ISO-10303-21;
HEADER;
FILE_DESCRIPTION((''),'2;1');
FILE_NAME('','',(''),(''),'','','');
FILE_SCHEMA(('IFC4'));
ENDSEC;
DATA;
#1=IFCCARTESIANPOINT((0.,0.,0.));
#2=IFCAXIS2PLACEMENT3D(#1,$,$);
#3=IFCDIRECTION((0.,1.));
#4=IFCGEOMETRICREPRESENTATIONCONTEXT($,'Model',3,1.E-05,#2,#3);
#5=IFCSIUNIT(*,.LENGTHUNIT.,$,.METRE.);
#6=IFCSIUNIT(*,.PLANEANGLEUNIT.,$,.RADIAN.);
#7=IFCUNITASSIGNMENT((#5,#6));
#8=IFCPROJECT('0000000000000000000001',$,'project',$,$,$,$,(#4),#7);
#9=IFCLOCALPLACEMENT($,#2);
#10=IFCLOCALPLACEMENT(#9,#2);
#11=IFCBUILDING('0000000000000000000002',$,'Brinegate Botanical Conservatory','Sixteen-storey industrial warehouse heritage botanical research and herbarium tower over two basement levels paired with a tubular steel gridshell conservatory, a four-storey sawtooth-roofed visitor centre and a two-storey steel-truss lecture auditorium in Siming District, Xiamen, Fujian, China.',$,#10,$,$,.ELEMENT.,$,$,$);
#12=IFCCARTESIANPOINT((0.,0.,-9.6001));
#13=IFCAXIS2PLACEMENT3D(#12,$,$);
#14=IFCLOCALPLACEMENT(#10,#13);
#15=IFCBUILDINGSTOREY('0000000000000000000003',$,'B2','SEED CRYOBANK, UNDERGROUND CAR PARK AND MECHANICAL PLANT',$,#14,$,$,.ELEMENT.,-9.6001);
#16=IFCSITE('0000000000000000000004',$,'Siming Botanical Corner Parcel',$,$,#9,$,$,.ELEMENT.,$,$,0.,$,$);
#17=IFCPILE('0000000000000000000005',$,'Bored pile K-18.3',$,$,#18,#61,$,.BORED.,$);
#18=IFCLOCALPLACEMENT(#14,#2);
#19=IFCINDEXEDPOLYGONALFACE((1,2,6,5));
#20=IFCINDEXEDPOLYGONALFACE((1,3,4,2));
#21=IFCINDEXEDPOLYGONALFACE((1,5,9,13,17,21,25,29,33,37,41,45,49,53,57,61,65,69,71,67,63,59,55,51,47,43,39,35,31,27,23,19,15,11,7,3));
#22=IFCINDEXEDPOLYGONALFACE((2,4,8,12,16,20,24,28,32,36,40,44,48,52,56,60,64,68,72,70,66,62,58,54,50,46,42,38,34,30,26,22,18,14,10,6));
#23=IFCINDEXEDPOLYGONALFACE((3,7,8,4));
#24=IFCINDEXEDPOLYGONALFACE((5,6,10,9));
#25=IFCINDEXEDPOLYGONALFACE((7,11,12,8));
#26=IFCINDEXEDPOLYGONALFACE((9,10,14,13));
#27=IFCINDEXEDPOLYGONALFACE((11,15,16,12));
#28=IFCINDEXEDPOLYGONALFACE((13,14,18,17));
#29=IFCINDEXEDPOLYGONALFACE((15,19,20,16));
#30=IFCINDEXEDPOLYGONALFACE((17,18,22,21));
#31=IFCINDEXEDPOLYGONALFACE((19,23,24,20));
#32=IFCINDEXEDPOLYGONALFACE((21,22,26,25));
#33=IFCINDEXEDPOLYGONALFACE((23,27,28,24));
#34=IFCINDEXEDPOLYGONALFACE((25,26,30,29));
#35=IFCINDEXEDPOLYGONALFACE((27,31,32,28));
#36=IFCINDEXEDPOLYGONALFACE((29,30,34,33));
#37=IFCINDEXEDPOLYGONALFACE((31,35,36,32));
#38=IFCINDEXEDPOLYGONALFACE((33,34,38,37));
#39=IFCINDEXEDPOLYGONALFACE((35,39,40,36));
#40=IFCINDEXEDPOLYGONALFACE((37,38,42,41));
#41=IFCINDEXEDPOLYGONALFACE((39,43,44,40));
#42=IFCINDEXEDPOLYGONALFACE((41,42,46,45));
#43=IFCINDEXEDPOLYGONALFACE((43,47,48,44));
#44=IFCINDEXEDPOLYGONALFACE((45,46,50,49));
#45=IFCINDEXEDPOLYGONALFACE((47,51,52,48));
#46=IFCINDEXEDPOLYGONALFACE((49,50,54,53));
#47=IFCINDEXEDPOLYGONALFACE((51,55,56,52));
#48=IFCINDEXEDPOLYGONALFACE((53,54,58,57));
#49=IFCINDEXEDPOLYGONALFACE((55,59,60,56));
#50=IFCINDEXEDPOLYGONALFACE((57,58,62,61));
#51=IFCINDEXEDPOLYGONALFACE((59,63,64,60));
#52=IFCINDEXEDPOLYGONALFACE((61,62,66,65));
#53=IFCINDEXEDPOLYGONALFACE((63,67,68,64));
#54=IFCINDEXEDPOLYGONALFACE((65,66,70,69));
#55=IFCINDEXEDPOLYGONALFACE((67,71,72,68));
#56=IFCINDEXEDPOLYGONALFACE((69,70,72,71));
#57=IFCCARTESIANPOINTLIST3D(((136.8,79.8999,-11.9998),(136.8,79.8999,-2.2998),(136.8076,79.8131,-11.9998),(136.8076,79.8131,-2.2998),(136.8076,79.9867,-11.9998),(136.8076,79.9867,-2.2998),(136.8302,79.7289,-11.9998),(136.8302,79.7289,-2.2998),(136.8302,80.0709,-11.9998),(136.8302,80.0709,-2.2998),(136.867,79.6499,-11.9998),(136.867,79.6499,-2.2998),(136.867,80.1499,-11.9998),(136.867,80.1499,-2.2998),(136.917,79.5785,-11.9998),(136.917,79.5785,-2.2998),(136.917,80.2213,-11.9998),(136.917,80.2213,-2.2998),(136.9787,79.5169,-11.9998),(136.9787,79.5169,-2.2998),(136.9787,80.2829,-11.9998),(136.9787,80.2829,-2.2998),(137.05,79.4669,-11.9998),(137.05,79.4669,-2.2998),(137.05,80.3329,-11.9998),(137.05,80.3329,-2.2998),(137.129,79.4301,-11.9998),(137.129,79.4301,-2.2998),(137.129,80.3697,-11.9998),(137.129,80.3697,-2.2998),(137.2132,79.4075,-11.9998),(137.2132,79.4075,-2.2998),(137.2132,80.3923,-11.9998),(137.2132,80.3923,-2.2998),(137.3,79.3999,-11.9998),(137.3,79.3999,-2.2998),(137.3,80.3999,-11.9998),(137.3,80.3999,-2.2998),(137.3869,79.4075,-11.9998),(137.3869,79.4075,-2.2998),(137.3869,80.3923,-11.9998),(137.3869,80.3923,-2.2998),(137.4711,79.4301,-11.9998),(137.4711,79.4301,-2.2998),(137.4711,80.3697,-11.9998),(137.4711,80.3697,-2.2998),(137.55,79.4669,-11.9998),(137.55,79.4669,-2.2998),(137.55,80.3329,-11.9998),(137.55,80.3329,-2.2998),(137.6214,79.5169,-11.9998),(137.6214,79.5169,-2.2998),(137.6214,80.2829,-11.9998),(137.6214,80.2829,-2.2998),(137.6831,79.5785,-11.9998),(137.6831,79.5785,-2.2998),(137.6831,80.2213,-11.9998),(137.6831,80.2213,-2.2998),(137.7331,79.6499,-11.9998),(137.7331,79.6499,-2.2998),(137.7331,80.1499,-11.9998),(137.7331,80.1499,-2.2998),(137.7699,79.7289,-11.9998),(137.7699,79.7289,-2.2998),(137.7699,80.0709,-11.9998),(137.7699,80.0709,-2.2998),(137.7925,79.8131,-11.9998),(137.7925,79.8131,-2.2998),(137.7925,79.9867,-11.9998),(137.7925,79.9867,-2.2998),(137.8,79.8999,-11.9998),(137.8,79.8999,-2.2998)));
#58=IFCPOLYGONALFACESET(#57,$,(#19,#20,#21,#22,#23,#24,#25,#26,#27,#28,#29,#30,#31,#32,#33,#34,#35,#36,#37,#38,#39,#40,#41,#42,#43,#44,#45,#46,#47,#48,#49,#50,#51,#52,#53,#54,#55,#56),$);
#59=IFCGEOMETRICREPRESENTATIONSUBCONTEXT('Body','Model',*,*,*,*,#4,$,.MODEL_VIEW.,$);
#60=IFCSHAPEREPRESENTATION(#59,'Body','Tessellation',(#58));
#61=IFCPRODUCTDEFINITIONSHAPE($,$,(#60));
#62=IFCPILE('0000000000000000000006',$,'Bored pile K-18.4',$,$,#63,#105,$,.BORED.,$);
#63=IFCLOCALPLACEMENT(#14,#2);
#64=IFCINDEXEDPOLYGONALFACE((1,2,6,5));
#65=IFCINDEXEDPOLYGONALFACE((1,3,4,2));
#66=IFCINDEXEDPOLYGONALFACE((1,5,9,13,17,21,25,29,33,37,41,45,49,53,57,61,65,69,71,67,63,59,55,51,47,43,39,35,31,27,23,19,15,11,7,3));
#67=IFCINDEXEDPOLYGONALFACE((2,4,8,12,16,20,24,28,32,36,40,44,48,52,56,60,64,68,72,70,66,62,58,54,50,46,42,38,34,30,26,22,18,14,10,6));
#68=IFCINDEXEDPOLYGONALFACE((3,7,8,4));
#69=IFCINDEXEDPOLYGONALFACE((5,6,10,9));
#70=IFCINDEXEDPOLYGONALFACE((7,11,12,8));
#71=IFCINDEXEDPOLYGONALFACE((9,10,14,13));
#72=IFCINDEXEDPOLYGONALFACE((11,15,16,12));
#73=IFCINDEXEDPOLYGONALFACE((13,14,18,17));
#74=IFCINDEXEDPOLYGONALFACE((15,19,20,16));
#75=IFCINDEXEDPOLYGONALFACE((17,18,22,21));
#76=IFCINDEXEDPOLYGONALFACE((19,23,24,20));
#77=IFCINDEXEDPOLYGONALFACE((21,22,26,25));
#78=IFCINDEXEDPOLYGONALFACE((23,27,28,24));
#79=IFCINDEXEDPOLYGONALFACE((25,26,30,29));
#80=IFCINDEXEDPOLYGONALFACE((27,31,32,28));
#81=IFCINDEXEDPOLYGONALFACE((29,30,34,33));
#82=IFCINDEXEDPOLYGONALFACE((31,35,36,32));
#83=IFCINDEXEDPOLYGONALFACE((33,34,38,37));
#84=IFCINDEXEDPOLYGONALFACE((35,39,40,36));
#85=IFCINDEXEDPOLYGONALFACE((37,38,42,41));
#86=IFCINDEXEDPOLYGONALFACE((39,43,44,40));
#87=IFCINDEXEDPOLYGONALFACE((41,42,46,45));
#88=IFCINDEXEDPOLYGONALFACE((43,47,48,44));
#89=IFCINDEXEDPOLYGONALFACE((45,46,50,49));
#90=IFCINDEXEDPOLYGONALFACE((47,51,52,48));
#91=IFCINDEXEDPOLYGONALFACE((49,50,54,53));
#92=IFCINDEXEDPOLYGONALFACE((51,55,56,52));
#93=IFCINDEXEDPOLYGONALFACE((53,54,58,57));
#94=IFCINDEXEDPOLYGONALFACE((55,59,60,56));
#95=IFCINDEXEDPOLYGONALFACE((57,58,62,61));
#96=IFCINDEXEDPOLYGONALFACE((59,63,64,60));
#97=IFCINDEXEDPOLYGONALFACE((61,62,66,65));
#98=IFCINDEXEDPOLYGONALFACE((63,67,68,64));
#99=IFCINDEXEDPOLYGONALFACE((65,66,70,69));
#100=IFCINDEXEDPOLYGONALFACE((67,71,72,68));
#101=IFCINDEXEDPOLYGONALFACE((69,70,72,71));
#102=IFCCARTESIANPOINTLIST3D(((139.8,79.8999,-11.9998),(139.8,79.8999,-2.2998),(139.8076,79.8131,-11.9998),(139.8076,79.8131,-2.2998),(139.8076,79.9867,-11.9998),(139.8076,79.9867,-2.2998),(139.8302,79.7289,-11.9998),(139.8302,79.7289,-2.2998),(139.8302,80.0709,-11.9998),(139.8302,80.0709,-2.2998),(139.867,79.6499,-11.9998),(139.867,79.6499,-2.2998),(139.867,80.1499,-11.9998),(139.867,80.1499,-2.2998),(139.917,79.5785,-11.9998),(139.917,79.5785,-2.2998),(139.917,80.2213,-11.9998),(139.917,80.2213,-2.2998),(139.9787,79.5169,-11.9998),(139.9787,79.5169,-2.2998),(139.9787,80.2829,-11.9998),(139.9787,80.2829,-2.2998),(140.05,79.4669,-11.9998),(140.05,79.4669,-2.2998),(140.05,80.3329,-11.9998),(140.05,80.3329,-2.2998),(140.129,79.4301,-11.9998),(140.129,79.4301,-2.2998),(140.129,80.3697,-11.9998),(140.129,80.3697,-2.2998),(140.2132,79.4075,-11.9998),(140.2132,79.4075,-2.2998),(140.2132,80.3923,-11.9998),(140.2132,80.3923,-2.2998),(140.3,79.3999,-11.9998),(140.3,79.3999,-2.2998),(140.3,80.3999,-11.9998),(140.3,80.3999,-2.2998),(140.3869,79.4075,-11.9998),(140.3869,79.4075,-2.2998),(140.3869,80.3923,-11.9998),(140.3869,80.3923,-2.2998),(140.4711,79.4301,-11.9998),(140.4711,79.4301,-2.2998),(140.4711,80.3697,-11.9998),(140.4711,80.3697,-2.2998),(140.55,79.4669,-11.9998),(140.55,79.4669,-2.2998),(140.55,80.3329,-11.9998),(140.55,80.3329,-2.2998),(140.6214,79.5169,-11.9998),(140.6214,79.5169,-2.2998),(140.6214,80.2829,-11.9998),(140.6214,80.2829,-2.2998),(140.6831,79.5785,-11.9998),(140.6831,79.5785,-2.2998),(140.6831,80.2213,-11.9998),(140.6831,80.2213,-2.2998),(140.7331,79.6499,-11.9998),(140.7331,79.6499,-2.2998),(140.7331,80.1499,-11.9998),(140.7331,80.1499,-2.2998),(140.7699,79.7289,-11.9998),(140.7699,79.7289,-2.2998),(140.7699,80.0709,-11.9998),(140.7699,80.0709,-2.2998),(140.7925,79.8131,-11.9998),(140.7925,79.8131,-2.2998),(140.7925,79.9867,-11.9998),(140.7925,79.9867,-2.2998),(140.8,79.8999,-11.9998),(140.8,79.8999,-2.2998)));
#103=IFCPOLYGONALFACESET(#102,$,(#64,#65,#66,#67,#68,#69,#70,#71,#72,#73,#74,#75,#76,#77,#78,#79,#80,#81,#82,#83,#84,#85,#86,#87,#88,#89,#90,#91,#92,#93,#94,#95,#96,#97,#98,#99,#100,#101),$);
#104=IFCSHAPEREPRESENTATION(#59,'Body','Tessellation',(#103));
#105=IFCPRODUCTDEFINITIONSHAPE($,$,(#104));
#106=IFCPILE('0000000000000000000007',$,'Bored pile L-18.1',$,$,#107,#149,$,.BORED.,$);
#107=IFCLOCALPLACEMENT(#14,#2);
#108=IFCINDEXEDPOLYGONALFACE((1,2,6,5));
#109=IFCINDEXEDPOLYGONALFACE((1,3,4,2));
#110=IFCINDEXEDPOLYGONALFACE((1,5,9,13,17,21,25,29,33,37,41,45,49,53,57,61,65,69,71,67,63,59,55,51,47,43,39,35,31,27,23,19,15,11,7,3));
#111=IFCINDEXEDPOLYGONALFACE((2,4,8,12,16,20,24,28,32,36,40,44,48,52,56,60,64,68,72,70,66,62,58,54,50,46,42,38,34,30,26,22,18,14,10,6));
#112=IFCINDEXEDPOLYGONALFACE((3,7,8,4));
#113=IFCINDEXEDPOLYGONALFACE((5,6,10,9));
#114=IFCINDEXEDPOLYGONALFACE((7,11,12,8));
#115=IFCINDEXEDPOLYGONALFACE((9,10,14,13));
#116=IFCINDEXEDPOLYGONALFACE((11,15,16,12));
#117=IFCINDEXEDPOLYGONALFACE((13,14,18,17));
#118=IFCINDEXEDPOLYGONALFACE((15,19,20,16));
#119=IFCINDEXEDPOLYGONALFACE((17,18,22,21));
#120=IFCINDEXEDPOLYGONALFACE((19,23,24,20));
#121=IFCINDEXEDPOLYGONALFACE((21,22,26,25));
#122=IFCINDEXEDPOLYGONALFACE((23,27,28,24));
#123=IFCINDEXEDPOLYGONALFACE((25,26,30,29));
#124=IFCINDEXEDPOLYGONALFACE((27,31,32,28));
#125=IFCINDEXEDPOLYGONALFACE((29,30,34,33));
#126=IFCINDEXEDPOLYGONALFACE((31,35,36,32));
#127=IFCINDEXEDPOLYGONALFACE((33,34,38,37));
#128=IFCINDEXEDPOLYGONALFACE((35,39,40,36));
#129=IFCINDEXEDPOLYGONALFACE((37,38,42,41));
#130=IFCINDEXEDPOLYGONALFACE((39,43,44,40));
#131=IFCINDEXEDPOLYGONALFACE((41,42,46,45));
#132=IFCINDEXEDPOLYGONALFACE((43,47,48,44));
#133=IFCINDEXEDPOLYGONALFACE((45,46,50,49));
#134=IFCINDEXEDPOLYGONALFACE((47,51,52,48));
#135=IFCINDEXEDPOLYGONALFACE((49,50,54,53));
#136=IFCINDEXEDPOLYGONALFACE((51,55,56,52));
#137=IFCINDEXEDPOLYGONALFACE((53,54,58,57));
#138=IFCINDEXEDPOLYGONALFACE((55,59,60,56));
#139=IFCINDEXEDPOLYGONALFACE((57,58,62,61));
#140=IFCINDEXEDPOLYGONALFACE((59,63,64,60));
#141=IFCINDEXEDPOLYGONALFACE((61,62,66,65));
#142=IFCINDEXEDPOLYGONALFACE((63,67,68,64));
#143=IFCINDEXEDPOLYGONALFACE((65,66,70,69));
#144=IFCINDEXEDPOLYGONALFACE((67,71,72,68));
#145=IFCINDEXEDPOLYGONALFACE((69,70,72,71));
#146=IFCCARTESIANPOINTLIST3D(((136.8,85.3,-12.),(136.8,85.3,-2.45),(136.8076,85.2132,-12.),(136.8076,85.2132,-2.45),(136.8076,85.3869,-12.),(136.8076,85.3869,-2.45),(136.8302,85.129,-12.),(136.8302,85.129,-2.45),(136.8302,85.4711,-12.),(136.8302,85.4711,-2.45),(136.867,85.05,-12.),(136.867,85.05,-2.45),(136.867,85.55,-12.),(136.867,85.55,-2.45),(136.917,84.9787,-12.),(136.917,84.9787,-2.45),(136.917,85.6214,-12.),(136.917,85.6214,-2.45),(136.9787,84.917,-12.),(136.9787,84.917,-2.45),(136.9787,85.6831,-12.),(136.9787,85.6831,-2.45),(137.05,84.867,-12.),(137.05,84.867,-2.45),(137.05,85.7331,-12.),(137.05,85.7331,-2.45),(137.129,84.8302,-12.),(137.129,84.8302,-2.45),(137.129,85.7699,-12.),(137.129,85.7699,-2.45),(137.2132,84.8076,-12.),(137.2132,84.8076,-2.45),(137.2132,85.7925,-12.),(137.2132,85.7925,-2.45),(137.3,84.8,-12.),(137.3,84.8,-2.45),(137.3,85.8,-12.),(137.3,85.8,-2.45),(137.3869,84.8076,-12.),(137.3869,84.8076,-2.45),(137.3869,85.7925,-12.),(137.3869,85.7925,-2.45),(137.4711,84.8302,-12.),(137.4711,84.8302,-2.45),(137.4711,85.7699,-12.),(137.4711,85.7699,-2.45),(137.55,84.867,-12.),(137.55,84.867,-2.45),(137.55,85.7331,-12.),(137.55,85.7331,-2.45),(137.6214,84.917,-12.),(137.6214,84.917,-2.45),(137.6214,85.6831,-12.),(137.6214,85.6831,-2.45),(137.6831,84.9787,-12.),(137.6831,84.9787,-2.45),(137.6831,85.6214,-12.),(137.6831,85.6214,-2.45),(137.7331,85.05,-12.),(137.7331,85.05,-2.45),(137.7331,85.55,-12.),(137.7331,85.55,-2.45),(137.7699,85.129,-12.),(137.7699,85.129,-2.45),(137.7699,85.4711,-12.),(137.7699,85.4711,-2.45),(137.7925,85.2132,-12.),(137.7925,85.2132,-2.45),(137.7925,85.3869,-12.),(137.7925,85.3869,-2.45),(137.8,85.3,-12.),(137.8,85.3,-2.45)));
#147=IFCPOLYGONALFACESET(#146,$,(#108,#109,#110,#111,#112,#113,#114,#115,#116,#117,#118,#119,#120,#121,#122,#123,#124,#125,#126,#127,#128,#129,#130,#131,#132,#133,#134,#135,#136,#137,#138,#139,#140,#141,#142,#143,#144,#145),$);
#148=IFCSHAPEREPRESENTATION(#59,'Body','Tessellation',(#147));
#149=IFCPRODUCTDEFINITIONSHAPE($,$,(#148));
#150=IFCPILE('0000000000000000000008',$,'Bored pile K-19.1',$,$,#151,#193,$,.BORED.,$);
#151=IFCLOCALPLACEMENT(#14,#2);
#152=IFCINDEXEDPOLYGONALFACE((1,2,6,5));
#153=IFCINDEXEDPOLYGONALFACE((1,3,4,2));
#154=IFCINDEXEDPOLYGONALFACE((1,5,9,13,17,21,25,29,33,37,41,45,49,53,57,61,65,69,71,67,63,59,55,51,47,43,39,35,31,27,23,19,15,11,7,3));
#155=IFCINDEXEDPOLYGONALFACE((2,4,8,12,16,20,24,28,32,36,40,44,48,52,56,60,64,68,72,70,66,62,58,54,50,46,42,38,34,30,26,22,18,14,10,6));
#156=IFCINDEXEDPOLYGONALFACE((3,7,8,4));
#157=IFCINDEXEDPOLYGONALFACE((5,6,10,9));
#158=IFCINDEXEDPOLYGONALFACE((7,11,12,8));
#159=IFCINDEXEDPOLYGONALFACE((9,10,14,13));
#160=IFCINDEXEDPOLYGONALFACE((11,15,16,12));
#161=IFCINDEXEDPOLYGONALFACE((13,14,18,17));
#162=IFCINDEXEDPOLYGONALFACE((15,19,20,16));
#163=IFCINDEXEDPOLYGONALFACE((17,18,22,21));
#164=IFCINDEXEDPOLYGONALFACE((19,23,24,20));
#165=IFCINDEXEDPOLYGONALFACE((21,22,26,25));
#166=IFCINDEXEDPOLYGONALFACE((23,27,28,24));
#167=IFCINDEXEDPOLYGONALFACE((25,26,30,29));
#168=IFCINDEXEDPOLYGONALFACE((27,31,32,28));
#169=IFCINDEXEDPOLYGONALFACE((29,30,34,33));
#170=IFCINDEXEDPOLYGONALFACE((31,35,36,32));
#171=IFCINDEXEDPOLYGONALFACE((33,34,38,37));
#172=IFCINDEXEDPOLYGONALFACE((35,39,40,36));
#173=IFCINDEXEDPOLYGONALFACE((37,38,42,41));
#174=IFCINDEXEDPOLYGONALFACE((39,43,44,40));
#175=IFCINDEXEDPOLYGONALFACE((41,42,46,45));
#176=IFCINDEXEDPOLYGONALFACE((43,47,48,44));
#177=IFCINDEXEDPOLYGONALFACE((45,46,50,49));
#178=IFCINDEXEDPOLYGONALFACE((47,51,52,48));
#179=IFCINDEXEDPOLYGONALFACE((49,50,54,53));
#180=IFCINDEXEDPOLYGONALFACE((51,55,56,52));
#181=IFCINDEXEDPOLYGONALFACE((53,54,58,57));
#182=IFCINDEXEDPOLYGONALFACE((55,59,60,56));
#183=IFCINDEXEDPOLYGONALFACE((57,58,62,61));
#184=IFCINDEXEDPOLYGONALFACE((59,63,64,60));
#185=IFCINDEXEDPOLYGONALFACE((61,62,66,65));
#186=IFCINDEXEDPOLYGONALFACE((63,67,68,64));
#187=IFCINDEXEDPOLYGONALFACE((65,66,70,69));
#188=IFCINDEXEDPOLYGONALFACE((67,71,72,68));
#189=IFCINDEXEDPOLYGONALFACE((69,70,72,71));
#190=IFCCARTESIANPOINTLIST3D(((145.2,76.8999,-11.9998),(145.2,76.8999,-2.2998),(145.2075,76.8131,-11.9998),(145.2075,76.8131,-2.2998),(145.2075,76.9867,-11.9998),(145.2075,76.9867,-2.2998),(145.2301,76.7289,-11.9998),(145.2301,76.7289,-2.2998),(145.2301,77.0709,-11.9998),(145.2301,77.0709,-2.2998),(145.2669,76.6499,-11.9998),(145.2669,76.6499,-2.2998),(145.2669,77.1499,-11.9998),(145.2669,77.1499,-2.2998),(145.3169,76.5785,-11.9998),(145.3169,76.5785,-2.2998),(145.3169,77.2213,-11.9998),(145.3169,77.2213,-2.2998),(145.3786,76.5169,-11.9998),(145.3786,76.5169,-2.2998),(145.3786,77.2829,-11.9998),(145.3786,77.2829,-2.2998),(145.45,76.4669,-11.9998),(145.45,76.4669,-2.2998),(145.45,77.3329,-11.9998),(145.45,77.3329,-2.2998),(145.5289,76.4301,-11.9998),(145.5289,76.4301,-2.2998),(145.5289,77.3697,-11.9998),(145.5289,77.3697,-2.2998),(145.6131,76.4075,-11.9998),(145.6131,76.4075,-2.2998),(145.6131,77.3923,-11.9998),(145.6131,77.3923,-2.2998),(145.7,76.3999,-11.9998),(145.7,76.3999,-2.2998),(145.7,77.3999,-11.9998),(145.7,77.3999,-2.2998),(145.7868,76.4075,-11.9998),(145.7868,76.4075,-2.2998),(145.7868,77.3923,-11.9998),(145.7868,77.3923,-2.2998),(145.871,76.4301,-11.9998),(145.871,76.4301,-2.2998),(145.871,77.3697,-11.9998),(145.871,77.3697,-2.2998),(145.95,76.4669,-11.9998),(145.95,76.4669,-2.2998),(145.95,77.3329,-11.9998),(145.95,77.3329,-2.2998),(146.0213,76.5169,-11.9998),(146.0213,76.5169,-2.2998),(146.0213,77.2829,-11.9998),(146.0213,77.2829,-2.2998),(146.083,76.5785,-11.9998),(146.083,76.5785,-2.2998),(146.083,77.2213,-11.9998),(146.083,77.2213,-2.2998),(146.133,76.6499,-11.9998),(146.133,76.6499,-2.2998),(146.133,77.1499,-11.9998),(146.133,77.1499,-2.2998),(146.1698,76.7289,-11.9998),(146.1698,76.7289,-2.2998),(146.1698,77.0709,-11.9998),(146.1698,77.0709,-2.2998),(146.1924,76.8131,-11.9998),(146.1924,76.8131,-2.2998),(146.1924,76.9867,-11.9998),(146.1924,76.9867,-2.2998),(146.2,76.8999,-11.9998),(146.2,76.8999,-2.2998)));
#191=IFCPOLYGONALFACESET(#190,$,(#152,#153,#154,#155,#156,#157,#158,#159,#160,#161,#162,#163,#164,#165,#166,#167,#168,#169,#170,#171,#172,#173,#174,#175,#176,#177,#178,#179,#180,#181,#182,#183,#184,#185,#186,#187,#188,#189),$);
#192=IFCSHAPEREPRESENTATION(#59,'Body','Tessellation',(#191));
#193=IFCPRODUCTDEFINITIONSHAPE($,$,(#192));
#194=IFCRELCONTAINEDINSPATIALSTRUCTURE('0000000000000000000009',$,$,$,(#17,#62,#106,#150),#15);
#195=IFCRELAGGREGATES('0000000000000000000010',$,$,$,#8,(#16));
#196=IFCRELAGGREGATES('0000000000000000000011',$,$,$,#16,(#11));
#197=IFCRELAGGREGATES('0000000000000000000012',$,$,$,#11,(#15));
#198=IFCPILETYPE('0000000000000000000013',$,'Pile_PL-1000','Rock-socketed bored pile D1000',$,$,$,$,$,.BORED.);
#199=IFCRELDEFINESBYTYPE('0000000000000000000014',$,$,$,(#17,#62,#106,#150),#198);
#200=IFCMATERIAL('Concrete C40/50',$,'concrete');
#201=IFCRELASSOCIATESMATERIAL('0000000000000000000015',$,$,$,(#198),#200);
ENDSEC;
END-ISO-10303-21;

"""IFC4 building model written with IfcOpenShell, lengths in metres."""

from ifc_helpers import new_model, si_unit, direction, frame, origin, origin_2d, place, context, subcontext, project, spatial, circle, extrude, material, material_profile, profile_set, type_object, element, save


model = new_model("IFC4")

# Units and contexts
model_context = context("Model", 3, precision=1e-05, world=origin(), true_north=direction((0.0, 1.0)))
body_context = subcontext(model_context, "Body", "Model", "MODEL_VIEW")
ifc_project = project(units=[si_unit("LENGTHUNIT", "METRE"), si_unit("PLANEANGLEUNIT", "RADIAN")], contexts=[model_context])

# Site, building, storey
site_placement = place(None, origin())
site = spatial("IfcSite", under=ifc_project, at=site_placement, Name="Siming Botanical Corner Parcel", CompositionType="ELEMENT", RefElevation=0.0)
building_placement = place(site_placement, origin())
building = spatial("IfcBuilding", under=site, at=building_placement, Name="Brinegate Botanical Conservatory", Description="Sixteen-storey industrial warehouse heritage botanical research and herbarium tower over two basement levels paired with a tubular steel gridshell conservatory, a four-storey sawtooth-roofed visitor centre and a two-storey steel-truss lecture auditorium in Siming District, Xiamen, Fujian, China.", CompositionType="ELEMENT")
storey_placement = place(building_placement, frame((0.0, 0.0, -9.6001)))
storey = spatial("IfcBuildingStorey", under=building, at=storey_placement, Name="B2", Description="SEED CRYOBANK, UNDERGROUND CAR PARK AND MECHANICAL PLANT", CompositionType="ELEMENT", Elevation=-9.6001)

# Shared definitions
ifc_material_1 = material(Name="Concrete C40/50", Category="concrete")

# Piles
ifc_material_profile_1 = material_profile(ifc_material_1, circle(Radius=0.5, at=origin_2d()), Name="PILE D1000")
ifc_profile_set_1 = profile_set([ifc_material_profile_1], Name="Concrete C40/50")
pile_type_1 = type_object("IfcPileType", Name="Pile_PL-1000", Description="Rock-socketed bored pile D1000", PredefinedType="BORED", material=ifc_profile_set_1)
for number, where, z_axis, x_axis, name in (
    (1, (137.3, 79.8999, -2.2998), (0.0, 0.0, -1.0), (1.0, 0.0, 0.0), "Bored pile K-18.3"),
    (2, (140.3, 79.8999, -2.2998), (0.0, 0.0, -1.0), (1.0, 0.0, 0.0), "Bored pile K-18.4"),
):
    element("IfcPile", number, at=place(storey_placement, frame(where, z_axis=z_axis, x_axis=x_axis)), inside=storey, type_object=pile_type_1, Name=name, PredefinedType="BORED", context=body_context, shape_type="SweptSolid", body=[
        extrude(circle(Radius=0.5, at=origin_2d()), origin(), (0.0, 0.0, 1.0), 9.7),
    ])
pile_placement = place(storey_placement, frame((137.3, 85.3, -2.45), z_axis=(0.0, 0.0, -1.0), x_axis=(1.0, 0.0, 0.0)))
element("IfcPile", 3, at=pile_placement, inside=storey, type_object=pile_type_1, Name="Bored pile L-18.1", PredefinedType="BORED", context=body_context, shape_type="SweptSolid", body=[
    extrude(circle(Radius=0.5, at=origin_2d()), origin(), (0.0, 0.0, 1.0), 9.55),
])
for number, where, z_axis, x_axis, name in (
    (4, (145.7, 76.8999, -2.2998), (0.0, 0.0, -1.0), (1.0, 0.0, 0.0), "Bored pile K-19.1"),
):
    element("IfcPile", number, at=place(storey_placement, frame(where, z_axis=z_axis, x_axis=x_axis)), inside=storey, type_object=pile_type_1, Name=name, PredefinedType="BORED", context=body_context, shape_type="SweptSolid", body=[
        extrude(circle(Radius=0.5, at=origin_2d()), origin(), (0.0, 0.0, 1.0), 9.7),
    ])

save(model, "model.ifc")
